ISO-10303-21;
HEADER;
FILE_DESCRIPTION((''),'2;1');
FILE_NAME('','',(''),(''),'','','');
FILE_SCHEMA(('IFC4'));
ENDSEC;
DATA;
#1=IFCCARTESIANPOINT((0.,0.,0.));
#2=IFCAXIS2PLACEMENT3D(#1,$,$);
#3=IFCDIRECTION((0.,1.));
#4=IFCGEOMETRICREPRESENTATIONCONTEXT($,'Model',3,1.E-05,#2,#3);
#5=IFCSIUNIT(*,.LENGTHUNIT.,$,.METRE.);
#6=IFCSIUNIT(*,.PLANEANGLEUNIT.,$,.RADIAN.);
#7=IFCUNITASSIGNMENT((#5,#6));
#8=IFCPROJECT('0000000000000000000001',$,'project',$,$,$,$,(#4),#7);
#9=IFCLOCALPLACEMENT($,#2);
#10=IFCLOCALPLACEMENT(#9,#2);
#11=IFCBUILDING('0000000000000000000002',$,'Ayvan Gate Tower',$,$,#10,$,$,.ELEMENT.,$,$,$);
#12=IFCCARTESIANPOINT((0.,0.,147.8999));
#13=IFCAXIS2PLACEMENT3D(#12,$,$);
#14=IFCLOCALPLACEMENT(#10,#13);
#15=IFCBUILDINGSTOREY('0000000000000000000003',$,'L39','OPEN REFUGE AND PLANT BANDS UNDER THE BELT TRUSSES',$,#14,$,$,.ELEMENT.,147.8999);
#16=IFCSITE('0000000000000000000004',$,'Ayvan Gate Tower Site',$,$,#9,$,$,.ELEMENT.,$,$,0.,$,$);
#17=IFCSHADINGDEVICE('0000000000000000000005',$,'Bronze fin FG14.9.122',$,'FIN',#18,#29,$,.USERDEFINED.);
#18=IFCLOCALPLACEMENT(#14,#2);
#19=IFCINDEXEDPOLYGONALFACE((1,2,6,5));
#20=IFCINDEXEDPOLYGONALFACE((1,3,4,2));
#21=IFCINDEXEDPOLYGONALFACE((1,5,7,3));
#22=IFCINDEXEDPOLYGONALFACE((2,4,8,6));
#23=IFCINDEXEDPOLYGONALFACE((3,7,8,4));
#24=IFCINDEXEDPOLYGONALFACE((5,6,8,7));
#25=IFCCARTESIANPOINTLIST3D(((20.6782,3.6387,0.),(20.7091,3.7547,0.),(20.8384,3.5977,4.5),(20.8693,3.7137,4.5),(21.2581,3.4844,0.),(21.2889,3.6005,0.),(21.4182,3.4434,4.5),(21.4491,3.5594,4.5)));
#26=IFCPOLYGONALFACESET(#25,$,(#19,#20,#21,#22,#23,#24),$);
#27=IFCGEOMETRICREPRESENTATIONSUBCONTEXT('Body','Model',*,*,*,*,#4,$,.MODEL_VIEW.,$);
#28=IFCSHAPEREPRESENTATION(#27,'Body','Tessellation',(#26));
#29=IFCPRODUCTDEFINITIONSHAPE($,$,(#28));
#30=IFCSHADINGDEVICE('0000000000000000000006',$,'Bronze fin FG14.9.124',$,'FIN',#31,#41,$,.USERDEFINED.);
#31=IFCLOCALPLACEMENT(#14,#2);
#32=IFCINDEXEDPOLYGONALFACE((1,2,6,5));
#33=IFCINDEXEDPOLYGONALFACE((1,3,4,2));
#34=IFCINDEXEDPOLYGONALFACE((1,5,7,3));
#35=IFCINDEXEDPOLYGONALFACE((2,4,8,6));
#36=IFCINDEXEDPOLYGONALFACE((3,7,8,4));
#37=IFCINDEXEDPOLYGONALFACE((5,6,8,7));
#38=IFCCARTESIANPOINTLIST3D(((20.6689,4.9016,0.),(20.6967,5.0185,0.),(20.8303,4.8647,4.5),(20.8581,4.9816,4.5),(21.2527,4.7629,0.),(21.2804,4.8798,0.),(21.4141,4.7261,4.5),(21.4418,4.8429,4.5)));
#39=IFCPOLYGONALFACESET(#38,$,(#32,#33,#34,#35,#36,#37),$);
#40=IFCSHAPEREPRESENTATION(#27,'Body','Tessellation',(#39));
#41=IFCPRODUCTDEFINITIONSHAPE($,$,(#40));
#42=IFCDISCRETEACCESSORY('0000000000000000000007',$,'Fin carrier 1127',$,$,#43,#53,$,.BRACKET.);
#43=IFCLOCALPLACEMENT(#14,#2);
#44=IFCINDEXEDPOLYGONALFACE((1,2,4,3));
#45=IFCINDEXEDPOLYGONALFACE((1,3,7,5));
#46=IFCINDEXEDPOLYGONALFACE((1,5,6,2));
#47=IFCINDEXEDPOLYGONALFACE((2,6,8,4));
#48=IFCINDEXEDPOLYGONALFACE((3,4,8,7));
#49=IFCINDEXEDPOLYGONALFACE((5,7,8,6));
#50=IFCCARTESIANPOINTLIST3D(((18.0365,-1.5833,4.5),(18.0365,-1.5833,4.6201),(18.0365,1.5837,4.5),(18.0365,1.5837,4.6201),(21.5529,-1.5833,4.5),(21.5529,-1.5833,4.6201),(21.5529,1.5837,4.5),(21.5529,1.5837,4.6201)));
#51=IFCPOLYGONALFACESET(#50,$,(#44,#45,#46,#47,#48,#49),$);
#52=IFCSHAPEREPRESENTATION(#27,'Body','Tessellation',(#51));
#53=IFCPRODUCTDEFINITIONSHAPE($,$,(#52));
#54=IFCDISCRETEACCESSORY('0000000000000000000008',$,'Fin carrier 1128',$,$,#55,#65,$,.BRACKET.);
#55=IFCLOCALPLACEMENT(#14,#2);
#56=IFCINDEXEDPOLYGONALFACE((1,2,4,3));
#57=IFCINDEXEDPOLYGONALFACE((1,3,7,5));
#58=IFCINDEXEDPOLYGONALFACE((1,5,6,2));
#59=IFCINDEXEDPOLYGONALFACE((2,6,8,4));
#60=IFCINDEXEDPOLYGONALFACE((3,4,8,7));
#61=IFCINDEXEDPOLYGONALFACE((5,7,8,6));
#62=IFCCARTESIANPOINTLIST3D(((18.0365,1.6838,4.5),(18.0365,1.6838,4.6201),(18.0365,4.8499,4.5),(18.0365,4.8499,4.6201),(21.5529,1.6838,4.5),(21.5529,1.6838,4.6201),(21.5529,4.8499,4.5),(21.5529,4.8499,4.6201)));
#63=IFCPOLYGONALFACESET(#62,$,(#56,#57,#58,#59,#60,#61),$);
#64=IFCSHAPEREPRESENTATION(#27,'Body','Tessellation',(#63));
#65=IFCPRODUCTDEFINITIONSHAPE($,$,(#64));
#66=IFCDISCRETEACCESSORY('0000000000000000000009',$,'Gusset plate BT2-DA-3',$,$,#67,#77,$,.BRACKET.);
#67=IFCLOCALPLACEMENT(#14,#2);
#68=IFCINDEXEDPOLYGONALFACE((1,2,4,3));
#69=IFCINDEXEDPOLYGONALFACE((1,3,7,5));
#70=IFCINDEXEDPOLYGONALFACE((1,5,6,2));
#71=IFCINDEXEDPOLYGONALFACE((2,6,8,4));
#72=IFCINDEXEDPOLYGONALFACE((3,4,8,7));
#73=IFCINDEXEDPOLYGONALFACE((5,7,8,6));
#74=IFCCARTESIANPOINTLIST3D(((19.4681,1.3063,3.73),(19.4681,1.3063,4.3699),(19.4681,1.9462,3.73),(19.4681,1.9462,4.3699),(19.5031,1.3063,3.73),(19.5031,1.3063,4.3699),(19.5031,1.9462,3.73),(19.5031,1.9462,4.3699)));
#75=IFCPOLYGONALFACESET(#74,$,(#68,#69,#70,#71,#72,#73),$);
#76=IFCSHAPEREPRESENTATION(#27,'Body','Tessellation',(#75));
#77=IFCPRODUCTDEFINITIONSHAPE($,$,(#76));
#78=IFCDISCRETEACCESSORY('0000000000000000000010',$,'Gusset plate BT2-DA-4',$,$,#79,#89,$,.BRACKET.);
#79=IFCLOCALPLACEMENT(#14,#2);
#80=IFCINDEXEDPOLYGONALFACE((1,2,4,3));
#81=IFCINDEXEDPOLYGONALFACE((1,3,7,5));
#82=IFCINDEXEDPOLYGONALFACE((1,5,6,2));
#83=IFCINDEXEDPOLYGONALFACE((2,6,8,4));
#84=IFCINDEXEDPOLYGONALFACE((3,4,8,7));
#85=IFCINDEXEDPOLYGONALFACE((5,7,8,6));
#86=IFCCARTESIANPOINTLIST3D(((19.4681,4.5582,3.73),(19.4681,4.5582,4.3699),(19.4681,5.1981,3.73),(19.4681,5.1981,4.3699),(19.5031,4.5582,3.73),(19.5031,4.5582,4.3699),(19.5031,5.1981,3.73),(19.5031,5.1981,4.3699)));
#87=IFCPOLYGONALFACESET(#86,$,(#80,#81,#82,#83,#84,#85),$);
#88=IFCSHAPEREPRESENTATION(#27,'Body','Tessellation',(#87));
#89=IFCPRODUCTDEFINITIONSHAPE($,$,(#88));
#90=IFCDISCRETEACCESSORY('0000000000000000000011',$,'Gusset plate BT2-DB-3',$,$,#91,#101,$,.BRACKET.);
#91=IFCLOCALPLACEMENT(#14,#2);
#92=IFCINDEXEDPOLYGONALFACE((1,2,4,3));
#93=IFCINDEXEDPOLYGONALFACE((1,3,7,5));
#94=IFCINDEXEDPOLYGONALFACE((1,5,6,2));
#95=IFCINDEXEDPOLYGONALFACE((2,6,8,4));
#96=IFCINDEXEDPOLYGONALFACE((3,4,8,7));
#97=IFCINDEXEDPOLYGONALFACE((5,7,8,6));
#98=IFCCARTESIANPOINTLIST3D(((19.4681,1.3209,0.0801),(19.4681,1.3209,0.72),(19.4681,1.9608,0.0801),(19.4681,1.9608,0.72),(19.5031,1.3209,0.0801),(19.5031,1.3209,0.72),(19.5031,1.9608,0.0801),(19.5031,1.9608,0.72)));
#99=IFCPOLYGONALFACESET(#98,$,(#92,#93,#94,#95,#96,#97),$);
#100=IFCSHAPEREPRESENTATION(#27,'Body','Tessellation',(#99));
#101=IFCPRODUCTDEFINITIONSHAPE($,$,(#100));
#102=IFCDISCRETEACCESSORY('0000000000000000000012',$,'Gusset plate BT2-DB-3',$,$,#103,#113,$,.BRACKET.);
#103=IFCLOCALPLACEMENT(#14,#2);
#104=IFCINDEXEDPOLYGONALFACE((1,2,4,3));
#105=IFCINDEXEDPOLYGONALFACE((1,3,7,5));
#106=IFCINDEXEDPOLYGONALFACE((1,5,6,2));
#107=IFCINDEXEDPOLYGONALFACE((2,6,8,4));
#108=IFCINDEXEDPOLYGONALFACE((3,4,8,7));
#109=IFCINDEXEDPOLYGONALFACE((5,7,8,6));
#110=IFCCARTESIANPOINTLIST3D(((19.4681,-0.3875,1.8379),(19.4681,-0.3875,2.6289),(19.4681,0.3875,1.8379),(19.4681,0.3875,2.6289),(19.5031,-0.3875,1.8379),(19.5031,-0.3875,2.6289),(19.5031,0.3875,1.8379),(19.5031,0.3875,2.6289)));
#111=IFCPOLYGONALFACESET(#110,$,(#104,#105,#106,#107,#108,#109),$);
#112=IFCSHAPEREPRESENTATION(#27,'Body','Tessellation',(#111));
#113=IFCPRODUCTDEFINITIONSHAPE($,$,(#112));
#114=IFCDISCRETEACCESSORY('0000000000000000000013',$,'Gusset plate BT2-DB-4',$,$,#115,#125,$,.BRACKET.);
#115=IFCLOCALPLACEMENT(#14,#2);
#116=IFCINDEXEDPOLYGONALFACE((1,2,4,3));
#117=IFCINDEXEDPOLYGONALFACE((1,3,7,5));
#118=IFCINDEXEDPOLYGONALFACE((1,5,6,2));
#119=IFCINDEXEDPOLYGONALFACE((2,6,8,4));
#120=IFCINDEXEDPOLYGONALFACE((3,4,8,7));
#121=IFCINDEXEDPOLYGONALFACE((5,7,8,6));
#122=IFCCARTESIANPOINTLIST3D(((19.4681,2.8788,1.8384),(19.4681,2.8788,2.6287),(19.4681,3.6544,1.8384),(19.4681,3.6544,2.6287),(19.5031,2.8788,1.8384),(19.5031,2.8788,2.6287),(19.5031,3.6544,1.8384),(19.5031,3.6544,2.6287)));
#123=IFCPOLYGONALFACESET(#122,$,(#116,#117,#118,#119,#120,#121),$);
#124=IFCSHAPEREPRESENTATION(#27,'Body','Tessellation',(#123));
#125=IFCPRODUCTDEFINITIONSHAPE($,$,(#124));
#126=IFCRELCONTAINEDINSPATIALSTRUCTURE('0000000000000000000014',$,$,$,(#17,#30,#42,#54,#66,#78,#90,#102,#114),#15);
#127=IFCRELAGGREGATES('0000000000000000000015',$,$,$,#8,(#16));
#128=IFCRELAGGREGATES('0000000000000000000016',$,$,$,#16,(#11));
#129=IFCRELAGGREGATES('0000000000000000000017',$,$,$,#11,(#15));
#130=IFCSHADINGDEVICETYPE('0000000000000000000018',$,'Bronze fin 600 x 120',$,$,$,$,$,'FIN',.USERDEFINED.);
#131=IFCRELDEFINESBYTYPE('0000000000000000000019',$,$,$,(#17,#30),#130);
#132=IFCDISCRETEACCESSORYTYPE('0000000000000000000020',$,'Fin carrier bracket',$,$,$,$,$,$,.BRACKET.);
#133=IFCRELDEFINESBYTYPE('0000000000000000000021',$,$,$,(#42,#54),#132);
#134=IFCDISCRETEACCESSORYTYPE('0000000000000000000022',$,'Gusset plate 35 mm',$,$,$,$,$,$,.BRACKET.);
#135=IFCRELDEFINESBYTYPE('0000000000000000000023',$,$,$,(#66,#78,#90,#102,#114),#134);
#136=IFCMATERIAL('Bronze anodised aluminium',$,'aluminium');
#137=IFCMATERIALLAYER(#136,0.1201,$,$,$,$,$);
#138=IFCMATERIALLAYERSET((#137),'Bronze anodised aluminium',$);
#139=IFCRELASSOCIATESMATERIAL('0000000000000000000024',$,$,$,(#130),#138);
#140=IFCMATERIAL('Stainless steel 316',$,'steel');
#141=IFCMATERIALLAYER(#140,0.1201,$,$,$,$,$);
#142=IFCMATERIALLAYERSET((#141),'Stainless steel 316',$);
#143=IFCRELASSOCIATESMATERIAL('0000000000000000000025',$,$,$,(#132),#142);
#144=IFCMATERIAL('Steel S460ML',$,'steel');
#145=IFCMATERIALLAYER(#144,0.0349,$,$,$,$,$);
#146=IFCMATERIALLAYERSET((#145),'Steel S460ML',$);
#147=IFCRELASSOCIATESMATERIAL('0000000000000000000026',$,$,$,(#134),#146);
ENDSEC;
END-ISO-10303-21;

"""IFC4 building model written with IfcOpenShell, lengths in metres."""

from ifc_helpers import new_model, si_unit, direction, frame, origin, origin_2d, place, context, subcontext, project, spatial, polyline, rectangle, outline, extrude, material, layer, layer_set, type_object, element, save


model = new_model("IFC4")

# Units and contexts
model_context = context("Model", 3, precision=1e-05, world=origin(), true_north=direction((0.0, 1.0)))
body_context = subcontext(model_context, "Body", "Model", "MODEL_VIEW")
ifc_project = project(units=[si_unit("LENGTHUNIT", "METRE"), si_unit("PLANEANGLEUNIT", "RADIAN")], contexts=[model_context])

# Site, building, storey
site_placement = place(None, origin())
site = spatial("IfcSite", under=ifc_project, at=site_placement, Name="Ayvan Gate Tower Site", CompositionType="ELEMENT", RefElevation=0.0)
building_placement = place(site_placement, origin())
building = spatial("IfcBuilding", under=site, at=building_placement, Name="Ayvan Gate Tower", CompositionType="ELEMENT")
storey_placement = place(building_placement, frame((0.0, 0.0, 147.8999)))
storey = spatial("IfcBuildingStorey", under=building, at=storey_placement, Name="L39", Description="OPEN REFUGE AND PLANT BANDS UNDER THE BELT TRUSSES", CompositionType="ELEMENT", Elevation=147.8999)

# Shared definitions
ifc_material_1 = material(Name="Steel S460ML", Category="steel")

# Shading devices
ifc_material_2 = material(Name="Bronze anodised aluminium", Category="aluminium")
ifc_layer_1 = layer(ifc_material_2, 0.1201)
ifc_layer_set_1 = layer_set([ifc_layer_1], Name="Bronze anodised aluminium")
shading_device_type = type_object("IfcShadingDeviceType", Name="Bronze fin 600 x 120", ElementType="FIN", PredefinedType="USERDEFINED", material=ifc_layer_set_1)
shading_device_1_placement = place(storey_placement, frame((20.6782, 3.6387, 0.0), z_axis=(-0.257156, -0.96637, 0.000344), x_axis=(0.96637, -0.257156, 0.0)))
element("IfcShadingDevice", 1, at=shading_device_1_placement, inside=storey, type_object=shading_device_type, Name="Bronze fin FG14.9.122", ObjectType="FIN", PredefinedType="USERDEFINED", context=body_context, shape_type="SweptSolid", body=[
    extrude(outline(polyline([(0.0, 0.0), (0.6, 0.0), (0.7653, 4.5), (0.1653, 4.5), (0.0, 0.0)])), origin(), (0.0, 0.0, -1.0), 0.1201),
])
shading_device_2_placement = place(storey_placement, frame((20.6689, 4.9016, 0.0), z_axis=(-0.231125, -0.972924, 0.000318), x_axis=(0.972924, -0.231125, 0.0)))
element("IfcShadingDevice", 2, at=shading_device_2_placement, inside=storey, type_object=shading_device_type, Name="Bronze fin FG14.9.124", ObjectType="FIN", PredefinedType="USERDEFINED", context=body_context, shape_type="SweptSolid", body=[
    extrude(outline(polyline([(0.0, 0.0), (0.6, 0.0), (0.7655, 4.5), (0.1655, 4.5), (0.0, 0.0)])), origin(), (0.0, 0.0, -1.0), 0.1201),
])

# Discrete accessories
ifc_material_3 = material(Name="Stainless steel 316", Category="steel")
ifc_layer_2 = layer(ifc_material_3, 0.1201)
ifc_layer_set_2 = layer_set([ifc_layer_2], Name="Stainless steel 316")
discrete_accessory_type_1 = type_object("IfcDiscreteAccessoryType", Name="Fin carrier bracket", PredefinedType="BRACKET", material=ifc_layer_set_2)
discrete_accessory_1_placement = place(storey_placement, frame((19.7947, 0.0002, 4.5), z_axis=(0.0, 0.0, 1.0), x_axis=(0.0, 1.0, 0.0)))
element("IfcDiscreteAccessory", 3, at=discrete_accessory_1_placement, inside=storey, type_object=discrete_accessory_type_1, Name="Fin carrier 1127", PredefinedType="BRACKET", context=body_context, shape_type="SweptSolid", body=[
    extrude(rectangle(XDim=3.167, YDim=3.5164, at=origin_2d()), origin(), (0.0, 0.0, 1.0), 0.1201),
])
discrete_accessory_2_placement = place(storey_placement, frame((19.7947, 3.2668, 4.5), z_axis=(0.0, 0.0, 1.0), x_axis=(0.0, 1.0, 0.0)))
element("IfcDiscreteAccessory", 4, at=discrete_accessory_2_placement, inside=storey, type_object=discrete_accessory_type_1, Name="Fin carrier 1128", PredefinedType="BRACKET", context=body_context, shape_type="SweptSolid", body=[
    extrude(rectangle(XDim=3.166, YDim=3.5164, at=origin_2d()), origin(), (0.0, 0.0, 1.0), 0.1201),
])
ifc_layer_3 = layer(ifc_material_1, 0.0349)
ifc_layer_set_3 = layer_set([ifc_layer_3], Name="Steel S460ML")
discrete_accessory_type_2 = type_object("IfcDiscreteAccessoryType", Name="Gusset plate 35 mm", PredefinedType="BRACKET", material=ifc_layer_set_3)
for number, where, z_axis, x_axis, name in (
    (5, (19.4856, 1.6262, 3.73), (0.0, 0.0, 1.0), (0.0, 1.0, 0.0), "Gusset plate BT2-DA-3"),
    (6, (19.4856, 4.8782, 3.73), (0.0, 0.0, 1.0), (0.0, 1.0, 0.0), "Gusset plate BT2-DA-4"),
    (7, (19.4856, 1.6409, 0.0801), (0.0, 0.0, 1.0), (0.0, 1.0, 0.0), "Gusset plate BT2-DB-3"),
):
    element("IfcDiscreteAccessory", number, at=place(storey_placement, frame(where, z_axis=z_axis, x_axis=x_axis)), inside=storey, type_object=discrete_accessory_type_2, Name=name, PredefinedType="BRACKET", context=body_context, shape_type="SweptSolid", body=[
        extrude(rectangle(XDim=0.6399, YDim=0.0349, at=origin_2d()), origin(), (0.0, 0.0, 1.0), 0.6399),
    ])
discrete_accessory_3_placement = place(storey_placement, frame((19.4856, 0.0, 1.8379), z_axis=(0.0, 0.0, 1.0), x_axis=(0.0, 1.0, 0.0)))
element("IfcDiscreteAccessory", 8, at=discrete_accessory_3_placement, inside=storey, type_object=discrete_accessory_type_2, Name="Gusset plate BT2-DB-3", PredefinedType="BRACKET", context=body_context, shape_type="SweptSolid", body=[
    extrude(rectangle(XDim=0.7749, YDim=0.0349, at=origin_2d()), origin(), (0.0, 0.0, 1.0), 0.791),
])
discrete_accessory_4_placement = place(storey_placement, frame((19.4856, 3.2666, 1.8384), z_axis=(0.0, 0.0, 1.0), x_axis=(0.0, 1.0, 0.0)))
element("IfcDiscreteAccessory", 9, at=discrete_accessory_4_placement, inside=storey, type_object=discrete_accessory_type_2, Name="Gusset plate BT2-DB-4", PredefinedType="BRACKET", context=body_context, shape_type="SweptSolid", body=[
    extrude(rectangle(XDim=0.7756, YDim=0.0349, at=origin_2d()), origin(), (0.0, 0.0, 1.0), 0.7903),
])

save(model, "model.ifc")
